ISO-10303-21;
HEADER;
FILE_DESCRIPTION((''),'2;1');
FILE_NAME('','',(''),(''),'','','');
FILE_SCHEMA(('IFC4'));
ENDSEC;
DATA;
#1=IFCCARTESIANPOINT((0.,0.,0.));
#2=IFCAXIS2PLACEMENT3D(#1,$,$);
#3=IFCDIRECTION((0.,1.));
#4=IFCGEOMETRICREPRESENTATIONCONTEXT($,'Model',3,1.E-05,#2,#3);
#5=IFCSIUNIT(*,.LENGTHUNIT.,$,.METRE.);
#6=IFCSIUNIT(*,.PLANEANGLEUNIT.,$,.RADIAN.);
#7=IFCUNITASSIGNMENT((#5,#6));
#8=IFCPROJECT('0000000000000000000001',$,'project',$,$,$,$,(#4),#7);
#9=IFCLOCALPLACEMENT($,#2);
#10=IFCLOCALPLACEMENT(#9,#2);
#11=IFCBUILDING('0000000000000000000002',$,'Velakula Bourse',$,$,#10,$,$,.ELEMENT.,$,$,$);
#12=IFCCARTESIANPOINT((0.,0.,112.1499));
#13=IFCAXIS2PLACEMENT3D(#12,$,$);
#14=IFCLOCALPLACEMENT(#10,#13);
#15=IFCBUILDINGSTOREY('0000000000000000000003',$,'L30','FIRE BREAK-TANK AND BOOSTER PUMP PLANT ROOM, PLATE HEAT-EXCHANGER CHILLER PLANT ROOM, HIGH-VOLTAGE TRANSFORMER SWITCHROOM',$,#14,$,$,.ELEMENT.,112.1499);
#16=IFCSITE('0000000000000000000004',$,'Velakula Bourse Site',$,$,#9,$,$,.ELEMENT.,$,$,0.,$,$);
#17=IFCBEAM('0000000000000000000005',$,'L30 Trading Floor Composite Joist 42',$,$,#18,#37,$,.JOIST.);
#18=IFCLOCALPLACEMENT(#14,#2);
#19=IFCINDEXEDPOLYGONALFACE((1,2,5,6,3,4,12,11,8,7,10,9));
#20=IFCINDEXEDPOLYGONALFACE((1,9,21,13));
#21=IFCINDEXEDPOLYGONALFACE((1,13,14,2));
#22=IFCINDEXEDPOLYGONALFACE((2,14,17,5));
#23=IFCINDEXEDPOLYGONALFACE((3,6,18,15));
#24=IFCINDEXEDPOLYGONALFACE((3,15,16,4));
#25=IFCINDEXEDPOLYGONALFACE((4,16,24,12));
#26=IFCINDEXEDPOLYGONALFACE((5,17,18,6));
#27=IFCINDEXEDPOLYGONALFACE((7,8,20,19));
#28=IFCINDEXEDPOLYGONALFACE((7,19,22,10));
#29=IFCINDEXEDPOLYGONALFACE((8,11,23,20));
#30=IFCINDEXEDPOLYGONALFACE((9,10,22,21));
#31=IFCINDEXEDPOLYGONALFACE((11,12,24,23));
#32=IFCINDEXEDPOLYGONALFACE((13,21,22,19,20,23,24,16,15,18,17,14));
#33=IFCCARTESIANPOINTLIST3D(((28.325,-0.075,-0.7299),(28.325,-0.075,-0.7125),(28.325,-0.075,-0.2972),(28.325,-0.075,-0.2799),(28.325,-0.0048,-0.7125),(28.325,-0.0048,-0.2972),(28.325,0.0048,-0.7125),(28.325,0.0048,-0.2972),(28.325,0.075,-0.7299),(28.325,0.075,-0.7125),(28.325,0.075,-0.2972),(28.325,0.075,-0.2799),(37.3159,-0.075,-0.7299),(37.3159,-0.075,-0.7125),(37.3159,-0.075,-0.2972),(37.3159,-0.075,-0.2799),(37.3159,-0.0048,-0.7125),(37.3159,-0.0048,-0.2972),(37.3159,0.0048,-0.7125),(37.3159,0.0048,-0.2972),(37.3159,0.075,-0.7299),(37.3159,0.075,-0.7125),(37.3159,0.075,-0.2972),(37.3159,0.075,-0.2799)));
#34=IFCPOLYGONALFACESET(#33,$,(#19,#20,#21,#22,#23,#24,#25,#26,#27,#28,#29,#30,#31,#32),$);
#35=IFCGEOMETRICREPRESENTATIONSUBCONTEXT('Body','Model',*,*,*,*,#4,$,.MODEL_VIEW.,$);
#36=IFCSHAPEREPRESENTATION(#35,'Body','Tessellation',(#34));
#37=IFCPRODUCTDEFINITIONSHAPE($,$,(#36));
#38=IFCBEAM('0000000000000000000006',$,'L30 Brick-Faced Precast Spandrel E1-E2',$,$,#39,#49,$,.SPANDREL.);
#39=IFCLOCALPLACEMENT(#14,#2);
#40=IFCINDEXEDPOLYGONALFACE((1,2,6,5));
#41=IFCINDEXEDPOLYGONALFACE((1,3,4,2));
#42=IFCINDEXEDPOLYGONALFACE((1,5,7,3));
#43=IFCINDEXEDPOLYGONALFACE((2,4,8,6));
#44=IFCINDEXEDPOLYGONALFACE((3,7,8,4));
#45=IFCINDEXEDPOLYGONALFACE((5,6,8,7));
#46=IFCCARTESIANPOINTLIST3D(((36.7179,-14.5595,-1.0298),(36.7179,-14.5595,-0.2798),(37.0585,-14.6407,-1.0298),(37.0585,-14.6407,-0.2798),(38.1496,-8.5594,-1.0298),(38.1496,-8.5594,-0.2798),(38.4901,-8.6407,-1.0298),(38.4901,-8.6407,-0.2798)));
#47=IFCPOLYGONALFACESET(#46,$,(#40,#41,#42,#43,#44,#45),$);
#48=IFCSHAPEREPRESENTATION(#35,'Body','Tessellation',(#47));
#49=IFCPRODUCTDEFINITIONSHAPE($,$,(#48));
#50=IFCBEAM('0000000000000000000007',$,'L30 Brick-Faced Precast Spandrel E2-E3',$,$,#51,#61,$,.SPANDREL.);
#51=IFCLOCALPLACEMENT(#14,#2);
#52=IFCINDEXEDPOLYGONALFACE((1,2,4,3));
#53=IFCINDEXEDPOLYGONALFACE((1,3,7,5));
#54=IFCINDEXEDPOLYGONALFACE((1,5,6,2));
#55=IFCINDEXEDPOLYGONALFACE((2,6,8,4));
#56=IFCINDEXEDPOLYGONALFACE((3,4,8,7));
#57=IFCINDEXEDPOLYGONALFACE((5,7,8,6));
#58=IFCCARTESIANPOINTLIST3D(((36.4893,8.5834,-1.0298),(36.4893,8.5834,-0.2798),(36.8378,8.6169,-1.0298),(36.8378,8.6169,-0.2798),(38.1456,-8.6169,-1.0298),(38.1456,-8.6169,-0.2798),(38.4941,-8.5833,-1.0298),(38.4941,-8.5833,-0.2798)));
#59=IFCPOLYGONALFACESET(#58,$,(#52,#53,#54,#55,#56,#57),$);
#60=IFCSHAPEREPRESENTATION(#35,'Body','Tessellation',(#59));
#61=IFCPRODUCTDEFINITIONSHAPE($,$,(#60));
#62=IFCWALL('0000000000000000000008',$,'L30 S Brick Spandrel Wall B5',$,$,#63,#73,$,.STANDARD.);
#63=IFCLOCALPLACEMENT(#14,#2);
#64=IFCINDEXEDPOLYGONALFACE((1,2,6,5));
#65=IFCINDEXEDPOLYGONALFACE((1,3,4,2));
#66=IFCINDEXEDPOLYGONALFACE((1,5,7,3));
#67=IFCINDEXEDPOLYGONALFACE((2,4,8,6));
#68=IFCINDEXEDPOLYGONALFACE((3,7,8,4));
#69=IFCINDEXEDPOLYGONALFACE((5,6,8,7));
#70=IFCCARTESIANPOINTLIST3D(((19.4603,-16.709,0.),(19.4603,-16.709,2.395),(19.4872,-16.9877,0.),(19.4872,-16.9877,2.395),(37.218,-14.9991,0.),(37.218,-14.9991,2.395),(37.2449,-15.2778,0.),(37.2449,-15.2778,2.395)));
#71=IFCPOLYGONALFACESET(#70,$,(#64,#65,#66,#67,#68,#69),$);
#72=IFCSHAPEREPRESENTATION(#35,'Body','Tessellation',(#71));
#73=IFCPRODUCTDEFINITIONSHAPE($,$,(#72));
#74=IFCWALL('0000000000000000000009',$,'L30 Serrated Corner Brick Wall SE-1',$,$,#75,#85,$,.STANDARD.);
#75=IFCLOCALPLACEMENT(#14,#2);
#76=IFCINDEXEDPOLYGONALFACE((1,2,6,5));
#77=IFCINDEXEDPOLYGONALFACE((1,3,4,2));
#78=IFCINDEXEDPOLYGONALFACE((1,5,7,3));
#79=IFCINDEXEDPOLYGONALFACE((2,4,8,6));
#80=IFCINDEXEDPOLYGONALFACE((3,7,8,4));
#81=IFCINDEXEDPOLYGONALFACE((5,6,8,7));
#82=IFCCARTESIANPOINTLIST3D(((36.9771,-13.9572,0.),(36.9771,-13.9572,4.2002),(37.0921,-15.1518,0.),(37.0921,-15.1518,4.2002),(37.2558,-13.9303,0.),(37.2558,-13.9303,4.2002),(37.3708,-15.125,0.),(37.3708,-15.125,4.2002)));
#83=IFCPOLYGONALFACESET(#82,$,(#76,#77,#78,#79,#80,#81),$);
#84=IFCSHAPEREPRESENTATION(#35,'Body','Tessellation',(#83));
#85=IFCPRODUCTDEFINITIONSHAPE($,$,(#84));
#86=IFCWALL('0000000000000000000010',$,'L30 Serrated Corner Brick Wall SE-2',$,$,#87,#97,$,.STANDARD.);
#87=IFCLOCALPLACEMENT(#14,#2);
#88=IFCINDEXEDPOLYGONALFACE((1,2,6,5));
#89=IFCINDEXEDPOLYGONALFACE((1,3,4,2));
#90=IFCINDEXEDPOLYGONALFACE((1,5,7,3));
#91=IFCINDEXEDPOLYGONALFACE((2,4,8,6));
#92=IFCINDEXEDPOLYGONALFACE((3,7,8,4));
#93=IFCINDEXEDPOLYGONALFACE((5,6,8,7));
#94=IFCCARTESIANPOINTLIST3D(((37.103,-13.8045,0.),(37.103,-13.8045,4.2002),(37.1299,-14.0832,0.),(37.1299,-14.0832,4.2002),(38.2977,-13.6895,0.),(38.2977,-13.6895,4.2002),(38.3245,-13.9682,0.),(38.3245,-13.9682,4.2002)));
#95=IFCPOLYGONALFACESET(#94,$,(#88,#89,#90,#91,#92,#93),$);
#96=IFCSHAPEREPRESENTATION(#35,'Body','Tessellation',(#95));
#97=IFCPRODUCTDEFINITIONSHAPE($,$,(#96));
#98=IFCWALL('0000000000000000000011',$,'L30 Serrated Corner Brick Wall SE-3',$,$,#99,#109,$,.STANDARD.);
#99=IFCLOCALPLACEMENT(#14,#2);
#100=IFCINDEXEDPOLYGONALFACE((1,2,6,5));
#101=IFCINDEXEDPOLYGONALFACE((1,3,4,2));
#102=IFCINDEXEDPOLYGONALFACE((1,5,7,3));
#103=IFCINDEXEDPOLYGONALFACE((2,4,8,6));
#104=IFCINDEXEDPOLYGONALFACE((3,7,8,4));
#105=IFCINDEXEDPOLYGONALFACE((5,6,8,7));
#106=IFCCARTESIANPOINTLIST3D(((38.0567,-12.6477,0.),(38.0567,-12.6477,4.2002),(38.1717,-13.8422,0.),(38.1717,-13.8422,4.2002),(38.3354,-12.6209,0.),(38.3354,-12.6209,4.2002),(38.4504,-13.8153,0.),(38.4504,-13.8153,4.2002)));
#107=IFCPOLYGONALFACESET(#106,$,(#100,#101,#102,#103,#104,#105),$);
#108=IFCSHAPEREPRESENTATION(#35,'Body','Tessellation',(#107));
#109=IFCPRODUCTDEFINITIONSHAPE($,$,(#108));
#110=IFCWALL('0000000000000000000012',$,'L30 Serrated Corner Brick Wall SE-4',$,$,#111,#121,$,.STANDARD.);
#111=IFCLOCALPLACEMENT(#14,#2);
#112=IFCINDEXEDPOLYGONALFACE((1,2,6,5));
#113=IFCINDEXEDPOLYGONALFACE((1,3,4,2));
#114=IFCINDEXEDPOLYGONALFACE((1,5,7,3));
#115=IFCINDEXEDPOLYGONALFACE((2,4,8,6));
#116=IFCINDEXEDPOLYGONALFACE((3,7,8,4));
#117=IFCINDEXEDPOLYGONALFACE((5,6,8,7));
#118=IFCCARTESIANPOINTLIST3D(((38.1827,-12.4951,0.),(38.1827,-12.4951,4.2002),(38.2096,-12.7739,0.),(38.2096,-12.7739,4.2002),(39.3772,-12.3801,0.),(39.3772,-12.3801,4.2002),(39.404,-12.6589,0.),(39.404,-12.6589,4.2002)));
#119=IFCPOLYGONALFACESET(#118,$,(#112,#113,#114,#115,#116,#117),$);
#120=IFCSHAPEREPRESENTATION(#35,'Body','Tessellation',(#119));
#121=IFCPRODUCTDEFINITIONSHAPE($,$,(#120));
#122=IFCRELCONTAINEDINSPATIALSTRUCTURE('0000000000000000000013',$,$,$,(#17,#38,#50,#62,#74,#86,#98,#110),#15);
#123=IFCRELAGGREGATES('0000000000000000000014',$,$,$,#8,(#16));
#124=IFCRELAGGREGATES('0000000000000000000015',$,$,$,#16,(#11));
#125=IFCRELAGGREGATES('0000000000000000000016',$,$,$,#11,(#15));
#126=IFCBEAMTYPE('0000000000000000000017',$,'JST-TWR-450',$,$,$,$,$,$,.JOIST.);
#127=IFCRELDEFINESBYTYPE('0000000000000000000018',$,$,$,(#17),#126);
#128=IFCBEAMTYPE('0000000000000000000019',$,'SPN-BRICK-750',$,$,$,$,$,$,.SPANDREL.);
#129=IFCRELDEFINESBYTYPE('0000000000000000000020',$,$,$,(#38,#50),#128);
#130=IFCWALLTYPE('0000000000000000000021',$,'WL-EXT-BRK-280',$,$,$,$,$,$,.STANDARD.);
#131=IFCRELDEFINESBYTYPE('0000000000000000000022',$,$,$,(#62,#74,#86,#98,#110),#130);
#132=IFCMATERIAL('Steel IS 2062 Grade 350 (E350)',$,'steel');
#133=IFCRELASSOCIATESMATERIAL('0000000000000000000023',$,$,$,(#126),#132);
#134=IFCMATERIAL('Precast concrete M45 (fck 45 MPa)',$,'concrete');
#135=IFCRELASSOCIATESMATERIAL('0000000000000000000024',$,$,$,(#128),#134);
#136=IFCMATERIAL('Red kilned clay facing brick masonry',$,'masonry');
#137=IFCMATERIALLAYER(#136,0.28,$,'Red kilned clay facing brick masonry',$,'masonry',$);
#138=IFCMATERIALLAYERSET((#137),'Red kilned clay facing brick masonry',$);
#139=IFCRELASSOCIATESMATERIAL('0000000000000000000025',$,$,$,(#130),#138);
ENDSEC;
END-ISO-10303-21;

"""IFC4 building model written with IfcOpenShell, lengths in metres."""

from ifc_helpers import new_model, si_unit, direction, frame, frame_2d, origin, origin_2d, place, context, subcontext, project, spatial, rectangle, i_section, extrude, material, layer, layer_set, material_profile, profile_set, type_object, element, save


model = new_model("IFC4")

# Units and contexts
model_context = context("Model", 3, precision=1e-05, world=origin(), true_north=direction((0.0, 1.0)))
body_context = subcontext(model_context, "Body", "Model", "MODEL_VIEW")
ifc_project = project(units=[si_unit("LENGTHUNIT", "METRE"), si_unit("PLANEANGLEUNIT", "RADIAN")], contexts=[model_context])

# Site, building, storey
site_placement = place(None, origin())
site = spatial("IfcSite", under=ifc_project, at=site_placement, Name="Velakula Bourse Site", CompositionType="ELEMENT", RefElevation=0.0)
building_placement = place(site_placement, origin())
building = spatial("IfcBuilding", under=site, at=building_placement, Name="Velakula Bourse", CompositionType="ELEMENT")
storey_placement = place(building_placement, frame((0.0, 0.0, 112.1499)))
storey = spatial("IfcBuildingStorey", under=building, at=storey_placement, Name="L30", Description="FIRE BREAK-TANK AND BOOSTER PUMP PLANT ROOM, PLATE HEAT-EXCHANGER CHILLER PLANT ROOM, HIGH-VOLTAGE TRANSFORMER SWITCHROOM", CompositionType="ELEMENT", Elevation=112.1499)

# Beams
ifc_material_1 = material(Name="Steel IS 2062 Grade 350 (E350)", Category="steel")
ifc_material_profile_1 = material_profile(ifc_material_1, i_section(OverallWidth=0.1499, OverallDepth=0.45, WebThickness=0.0095, FlangeThickness=0.0173, at=origin_2d()), Name="Steel IS 2062 Grade 350 (E350)")
ifc_profile_set_1 = profile_set([ifc_material_profile_1], Name="Steel IS 2062 Grade 350 (E350)")
beam_type_1 = type_object("IfcBeamType", Name="JST-TWR-450", PredefinedType="JOIST", material=ifc_profile_set_1)
beam_1_placement = place(storey_placement, frame((28.325, 0.0, -0.5049), z_axis=(1.0, 0.0, 0.0), x_axis=(0.0, 1.0, 0.0)))
element("IfcBeam", 1, at=beam_1_placement, inside=storey, type_object=beam_type_1, Name="L30 Trading Floor Composite Joist 42", PredefinedType="JOIST", context=body_context, shape_type="SweptSolid", body=[
    extrude(i_section(OverallWidth=0.1499, OverallDepth=0.45, WebThickness=0.0095, FlangeThickness=0.0173, at=origin_2d()), origin(), (0.0, 0.0, 1.0), 8.991),
])
ifc_material_2 = material(Name="Precast concrete M45 (fck 45 MPa)", Category="concrete")
ifc_material_profile_2 = material_profile(ifc_material_2, rectangle(XDim=0.3501, YDim=0.75, at=origin_2d()), Name="Precast concrete M45 (fck 45 MPa)")
ifc_profile_set_2 = profile_set([ifc_material_profile_2], Name="Precast concrete M45 (fck 45 MPa)")
beam_type_2 = type_object("IfcBeamType", Name="SPN-BRICK-750", PredefinedType="SPANDREL", material=ifc_profile_set_2)
beam_2_placement = place(storey_placement, frame((36.8882, -14.6001, -0.6548), z_axis=(0.232091, 0.972694, 0.0), x_axis=(-0.972694, 0.232091, 0.0)))
element("IfcBeam", 2, at=beam_2_placement, inside=storey, type_object=beam_type_2, Name="L30 Brick-Faced Precast Spandrel E1-E2", PredefinedType="SPANDREL", context=body_context, shape_type="SweptSolid", body=[
    extrude(rectangle(XDim=0.3501, YDim=0.75, at=origin_2d()), origin(), (0.0, 0.0, 1.0), 6.1685),
])
beam_3_placement = place(storey_placement, frame((38.3198, -8.6001, -0.6548), z_axis=(-0.095849, 0.995396, 0.0), x_axis=(-0.995396, -0.095849, 0.0)))
element("IfcBeam", 3, at=beam_3_placement, inside=storey, type_object=beam_type_2, Name="L30 Brick-Faced Precast Spandrel E2-E3", PredefinedType="SPANDREL", context=body_context, shape_type="SweptSolid", body=[
    extrude(rectangle(XDim=0.3501, YDim=0.75, at=origin_2d()), origin(), (0.0, 0.0, 1.0), 17.2798),
])

# Walls
ifc_material_3 = material(Name="Red kilned clay facing brick masonry", Category="masonry")
ifc_layer = layer(ifc_material_3, 0.28, Name="Red kilned clay facing brick masonry", Category="masonry")
ifc_layer_set = layer_set([ifc_layer], Name="Red kilned clay facing brick masonry")
wall_type = type_object("IfcWallType", Name="WL-EXT-BRK-280", PredefinedType="STANDARD", material=ifc_layer_set)
wall_placement = place(storey_placement, frame((37.2314, -15.1384, 0.0), z_axis=(0.0, 0.0, 1.0), x_axis=(-0.995396, -0.09585, 0.0)))
element("IfcWall", 4, at=wall_placement, inside=storey, type_object=wall_type, Name="L30 S Brick Spandrel Wall B5", PredefinedType="STANDARD", context=body_context, shape_type="SweptSolid", body=[
    extrude(rectangle(XDim=17.8398, YDim=0.28, at=frame_2d((8.9199, 0.0))), origin(), (0.0, 0.0, 1.0), 2.395),
])
for number, where, z_axis, x_axis, name in (
    (5, (37.2314, -15.1384, 0.0), (0.0, 0.0, 1.0), (-0.095817, 0.995399, 0.0), "L30 Serrated Corner Brick Wall SE-1"),
    (6, (37.1165, -13.9438, 0.0), (0.0, 0.0, 1.0), (0.995399, 0.095817, 0.0), "L30 Serrated Corner Brick Wall SE-2"),
):
    element("IfcWall", number, at=place(storey_placement, frame(where, z_axis=z_axis, x_axis=x_axis)), inside=storey, type_object=wall_type, Name=name, PredefinedType="STANDARD", context=body_context, shape_type="SweptSolid", body=[
        extrude(rectangle(XDim=1.2002, YDim=0.28, at=frame_2d((0.6001, 0.0))), origin(), (0.0, 0.0, 1.0), 4.2002),
    ])
for number, where, z_axis, x_axis, name in (
    (7, (38.311, -13.8289, 0.0), (0.0, 0.0, 1.0), (-0.095836, 0.995397, 0.0), "L30 Serrated Corner Brick Wall SE-3"),
    (8, (38.196, -12.6345, 0.0), (0.0, 0.0, 1.0), (0.995397, 0.095836, 0.0), "L30 Serrated Corner Brick Wall SE-4"),
):
    element("IfcWall", number, at=place(storey_placement, frame(where, z_axis=z_axis, x_axis=x_axis)), inside=storey, type_object=wall_type, Name=name, PredefinedType="STANDARD", context=body_context, shape_type="SweptSolid", body=[
        extrude(rectangle(XDim=1.2, YDim=0.28, at=frame_2d((0.6001, 0.0))), origin(), (0.0, 0.0, 1.0), 4.2002),
    ])

save(model, "model.ifc")
